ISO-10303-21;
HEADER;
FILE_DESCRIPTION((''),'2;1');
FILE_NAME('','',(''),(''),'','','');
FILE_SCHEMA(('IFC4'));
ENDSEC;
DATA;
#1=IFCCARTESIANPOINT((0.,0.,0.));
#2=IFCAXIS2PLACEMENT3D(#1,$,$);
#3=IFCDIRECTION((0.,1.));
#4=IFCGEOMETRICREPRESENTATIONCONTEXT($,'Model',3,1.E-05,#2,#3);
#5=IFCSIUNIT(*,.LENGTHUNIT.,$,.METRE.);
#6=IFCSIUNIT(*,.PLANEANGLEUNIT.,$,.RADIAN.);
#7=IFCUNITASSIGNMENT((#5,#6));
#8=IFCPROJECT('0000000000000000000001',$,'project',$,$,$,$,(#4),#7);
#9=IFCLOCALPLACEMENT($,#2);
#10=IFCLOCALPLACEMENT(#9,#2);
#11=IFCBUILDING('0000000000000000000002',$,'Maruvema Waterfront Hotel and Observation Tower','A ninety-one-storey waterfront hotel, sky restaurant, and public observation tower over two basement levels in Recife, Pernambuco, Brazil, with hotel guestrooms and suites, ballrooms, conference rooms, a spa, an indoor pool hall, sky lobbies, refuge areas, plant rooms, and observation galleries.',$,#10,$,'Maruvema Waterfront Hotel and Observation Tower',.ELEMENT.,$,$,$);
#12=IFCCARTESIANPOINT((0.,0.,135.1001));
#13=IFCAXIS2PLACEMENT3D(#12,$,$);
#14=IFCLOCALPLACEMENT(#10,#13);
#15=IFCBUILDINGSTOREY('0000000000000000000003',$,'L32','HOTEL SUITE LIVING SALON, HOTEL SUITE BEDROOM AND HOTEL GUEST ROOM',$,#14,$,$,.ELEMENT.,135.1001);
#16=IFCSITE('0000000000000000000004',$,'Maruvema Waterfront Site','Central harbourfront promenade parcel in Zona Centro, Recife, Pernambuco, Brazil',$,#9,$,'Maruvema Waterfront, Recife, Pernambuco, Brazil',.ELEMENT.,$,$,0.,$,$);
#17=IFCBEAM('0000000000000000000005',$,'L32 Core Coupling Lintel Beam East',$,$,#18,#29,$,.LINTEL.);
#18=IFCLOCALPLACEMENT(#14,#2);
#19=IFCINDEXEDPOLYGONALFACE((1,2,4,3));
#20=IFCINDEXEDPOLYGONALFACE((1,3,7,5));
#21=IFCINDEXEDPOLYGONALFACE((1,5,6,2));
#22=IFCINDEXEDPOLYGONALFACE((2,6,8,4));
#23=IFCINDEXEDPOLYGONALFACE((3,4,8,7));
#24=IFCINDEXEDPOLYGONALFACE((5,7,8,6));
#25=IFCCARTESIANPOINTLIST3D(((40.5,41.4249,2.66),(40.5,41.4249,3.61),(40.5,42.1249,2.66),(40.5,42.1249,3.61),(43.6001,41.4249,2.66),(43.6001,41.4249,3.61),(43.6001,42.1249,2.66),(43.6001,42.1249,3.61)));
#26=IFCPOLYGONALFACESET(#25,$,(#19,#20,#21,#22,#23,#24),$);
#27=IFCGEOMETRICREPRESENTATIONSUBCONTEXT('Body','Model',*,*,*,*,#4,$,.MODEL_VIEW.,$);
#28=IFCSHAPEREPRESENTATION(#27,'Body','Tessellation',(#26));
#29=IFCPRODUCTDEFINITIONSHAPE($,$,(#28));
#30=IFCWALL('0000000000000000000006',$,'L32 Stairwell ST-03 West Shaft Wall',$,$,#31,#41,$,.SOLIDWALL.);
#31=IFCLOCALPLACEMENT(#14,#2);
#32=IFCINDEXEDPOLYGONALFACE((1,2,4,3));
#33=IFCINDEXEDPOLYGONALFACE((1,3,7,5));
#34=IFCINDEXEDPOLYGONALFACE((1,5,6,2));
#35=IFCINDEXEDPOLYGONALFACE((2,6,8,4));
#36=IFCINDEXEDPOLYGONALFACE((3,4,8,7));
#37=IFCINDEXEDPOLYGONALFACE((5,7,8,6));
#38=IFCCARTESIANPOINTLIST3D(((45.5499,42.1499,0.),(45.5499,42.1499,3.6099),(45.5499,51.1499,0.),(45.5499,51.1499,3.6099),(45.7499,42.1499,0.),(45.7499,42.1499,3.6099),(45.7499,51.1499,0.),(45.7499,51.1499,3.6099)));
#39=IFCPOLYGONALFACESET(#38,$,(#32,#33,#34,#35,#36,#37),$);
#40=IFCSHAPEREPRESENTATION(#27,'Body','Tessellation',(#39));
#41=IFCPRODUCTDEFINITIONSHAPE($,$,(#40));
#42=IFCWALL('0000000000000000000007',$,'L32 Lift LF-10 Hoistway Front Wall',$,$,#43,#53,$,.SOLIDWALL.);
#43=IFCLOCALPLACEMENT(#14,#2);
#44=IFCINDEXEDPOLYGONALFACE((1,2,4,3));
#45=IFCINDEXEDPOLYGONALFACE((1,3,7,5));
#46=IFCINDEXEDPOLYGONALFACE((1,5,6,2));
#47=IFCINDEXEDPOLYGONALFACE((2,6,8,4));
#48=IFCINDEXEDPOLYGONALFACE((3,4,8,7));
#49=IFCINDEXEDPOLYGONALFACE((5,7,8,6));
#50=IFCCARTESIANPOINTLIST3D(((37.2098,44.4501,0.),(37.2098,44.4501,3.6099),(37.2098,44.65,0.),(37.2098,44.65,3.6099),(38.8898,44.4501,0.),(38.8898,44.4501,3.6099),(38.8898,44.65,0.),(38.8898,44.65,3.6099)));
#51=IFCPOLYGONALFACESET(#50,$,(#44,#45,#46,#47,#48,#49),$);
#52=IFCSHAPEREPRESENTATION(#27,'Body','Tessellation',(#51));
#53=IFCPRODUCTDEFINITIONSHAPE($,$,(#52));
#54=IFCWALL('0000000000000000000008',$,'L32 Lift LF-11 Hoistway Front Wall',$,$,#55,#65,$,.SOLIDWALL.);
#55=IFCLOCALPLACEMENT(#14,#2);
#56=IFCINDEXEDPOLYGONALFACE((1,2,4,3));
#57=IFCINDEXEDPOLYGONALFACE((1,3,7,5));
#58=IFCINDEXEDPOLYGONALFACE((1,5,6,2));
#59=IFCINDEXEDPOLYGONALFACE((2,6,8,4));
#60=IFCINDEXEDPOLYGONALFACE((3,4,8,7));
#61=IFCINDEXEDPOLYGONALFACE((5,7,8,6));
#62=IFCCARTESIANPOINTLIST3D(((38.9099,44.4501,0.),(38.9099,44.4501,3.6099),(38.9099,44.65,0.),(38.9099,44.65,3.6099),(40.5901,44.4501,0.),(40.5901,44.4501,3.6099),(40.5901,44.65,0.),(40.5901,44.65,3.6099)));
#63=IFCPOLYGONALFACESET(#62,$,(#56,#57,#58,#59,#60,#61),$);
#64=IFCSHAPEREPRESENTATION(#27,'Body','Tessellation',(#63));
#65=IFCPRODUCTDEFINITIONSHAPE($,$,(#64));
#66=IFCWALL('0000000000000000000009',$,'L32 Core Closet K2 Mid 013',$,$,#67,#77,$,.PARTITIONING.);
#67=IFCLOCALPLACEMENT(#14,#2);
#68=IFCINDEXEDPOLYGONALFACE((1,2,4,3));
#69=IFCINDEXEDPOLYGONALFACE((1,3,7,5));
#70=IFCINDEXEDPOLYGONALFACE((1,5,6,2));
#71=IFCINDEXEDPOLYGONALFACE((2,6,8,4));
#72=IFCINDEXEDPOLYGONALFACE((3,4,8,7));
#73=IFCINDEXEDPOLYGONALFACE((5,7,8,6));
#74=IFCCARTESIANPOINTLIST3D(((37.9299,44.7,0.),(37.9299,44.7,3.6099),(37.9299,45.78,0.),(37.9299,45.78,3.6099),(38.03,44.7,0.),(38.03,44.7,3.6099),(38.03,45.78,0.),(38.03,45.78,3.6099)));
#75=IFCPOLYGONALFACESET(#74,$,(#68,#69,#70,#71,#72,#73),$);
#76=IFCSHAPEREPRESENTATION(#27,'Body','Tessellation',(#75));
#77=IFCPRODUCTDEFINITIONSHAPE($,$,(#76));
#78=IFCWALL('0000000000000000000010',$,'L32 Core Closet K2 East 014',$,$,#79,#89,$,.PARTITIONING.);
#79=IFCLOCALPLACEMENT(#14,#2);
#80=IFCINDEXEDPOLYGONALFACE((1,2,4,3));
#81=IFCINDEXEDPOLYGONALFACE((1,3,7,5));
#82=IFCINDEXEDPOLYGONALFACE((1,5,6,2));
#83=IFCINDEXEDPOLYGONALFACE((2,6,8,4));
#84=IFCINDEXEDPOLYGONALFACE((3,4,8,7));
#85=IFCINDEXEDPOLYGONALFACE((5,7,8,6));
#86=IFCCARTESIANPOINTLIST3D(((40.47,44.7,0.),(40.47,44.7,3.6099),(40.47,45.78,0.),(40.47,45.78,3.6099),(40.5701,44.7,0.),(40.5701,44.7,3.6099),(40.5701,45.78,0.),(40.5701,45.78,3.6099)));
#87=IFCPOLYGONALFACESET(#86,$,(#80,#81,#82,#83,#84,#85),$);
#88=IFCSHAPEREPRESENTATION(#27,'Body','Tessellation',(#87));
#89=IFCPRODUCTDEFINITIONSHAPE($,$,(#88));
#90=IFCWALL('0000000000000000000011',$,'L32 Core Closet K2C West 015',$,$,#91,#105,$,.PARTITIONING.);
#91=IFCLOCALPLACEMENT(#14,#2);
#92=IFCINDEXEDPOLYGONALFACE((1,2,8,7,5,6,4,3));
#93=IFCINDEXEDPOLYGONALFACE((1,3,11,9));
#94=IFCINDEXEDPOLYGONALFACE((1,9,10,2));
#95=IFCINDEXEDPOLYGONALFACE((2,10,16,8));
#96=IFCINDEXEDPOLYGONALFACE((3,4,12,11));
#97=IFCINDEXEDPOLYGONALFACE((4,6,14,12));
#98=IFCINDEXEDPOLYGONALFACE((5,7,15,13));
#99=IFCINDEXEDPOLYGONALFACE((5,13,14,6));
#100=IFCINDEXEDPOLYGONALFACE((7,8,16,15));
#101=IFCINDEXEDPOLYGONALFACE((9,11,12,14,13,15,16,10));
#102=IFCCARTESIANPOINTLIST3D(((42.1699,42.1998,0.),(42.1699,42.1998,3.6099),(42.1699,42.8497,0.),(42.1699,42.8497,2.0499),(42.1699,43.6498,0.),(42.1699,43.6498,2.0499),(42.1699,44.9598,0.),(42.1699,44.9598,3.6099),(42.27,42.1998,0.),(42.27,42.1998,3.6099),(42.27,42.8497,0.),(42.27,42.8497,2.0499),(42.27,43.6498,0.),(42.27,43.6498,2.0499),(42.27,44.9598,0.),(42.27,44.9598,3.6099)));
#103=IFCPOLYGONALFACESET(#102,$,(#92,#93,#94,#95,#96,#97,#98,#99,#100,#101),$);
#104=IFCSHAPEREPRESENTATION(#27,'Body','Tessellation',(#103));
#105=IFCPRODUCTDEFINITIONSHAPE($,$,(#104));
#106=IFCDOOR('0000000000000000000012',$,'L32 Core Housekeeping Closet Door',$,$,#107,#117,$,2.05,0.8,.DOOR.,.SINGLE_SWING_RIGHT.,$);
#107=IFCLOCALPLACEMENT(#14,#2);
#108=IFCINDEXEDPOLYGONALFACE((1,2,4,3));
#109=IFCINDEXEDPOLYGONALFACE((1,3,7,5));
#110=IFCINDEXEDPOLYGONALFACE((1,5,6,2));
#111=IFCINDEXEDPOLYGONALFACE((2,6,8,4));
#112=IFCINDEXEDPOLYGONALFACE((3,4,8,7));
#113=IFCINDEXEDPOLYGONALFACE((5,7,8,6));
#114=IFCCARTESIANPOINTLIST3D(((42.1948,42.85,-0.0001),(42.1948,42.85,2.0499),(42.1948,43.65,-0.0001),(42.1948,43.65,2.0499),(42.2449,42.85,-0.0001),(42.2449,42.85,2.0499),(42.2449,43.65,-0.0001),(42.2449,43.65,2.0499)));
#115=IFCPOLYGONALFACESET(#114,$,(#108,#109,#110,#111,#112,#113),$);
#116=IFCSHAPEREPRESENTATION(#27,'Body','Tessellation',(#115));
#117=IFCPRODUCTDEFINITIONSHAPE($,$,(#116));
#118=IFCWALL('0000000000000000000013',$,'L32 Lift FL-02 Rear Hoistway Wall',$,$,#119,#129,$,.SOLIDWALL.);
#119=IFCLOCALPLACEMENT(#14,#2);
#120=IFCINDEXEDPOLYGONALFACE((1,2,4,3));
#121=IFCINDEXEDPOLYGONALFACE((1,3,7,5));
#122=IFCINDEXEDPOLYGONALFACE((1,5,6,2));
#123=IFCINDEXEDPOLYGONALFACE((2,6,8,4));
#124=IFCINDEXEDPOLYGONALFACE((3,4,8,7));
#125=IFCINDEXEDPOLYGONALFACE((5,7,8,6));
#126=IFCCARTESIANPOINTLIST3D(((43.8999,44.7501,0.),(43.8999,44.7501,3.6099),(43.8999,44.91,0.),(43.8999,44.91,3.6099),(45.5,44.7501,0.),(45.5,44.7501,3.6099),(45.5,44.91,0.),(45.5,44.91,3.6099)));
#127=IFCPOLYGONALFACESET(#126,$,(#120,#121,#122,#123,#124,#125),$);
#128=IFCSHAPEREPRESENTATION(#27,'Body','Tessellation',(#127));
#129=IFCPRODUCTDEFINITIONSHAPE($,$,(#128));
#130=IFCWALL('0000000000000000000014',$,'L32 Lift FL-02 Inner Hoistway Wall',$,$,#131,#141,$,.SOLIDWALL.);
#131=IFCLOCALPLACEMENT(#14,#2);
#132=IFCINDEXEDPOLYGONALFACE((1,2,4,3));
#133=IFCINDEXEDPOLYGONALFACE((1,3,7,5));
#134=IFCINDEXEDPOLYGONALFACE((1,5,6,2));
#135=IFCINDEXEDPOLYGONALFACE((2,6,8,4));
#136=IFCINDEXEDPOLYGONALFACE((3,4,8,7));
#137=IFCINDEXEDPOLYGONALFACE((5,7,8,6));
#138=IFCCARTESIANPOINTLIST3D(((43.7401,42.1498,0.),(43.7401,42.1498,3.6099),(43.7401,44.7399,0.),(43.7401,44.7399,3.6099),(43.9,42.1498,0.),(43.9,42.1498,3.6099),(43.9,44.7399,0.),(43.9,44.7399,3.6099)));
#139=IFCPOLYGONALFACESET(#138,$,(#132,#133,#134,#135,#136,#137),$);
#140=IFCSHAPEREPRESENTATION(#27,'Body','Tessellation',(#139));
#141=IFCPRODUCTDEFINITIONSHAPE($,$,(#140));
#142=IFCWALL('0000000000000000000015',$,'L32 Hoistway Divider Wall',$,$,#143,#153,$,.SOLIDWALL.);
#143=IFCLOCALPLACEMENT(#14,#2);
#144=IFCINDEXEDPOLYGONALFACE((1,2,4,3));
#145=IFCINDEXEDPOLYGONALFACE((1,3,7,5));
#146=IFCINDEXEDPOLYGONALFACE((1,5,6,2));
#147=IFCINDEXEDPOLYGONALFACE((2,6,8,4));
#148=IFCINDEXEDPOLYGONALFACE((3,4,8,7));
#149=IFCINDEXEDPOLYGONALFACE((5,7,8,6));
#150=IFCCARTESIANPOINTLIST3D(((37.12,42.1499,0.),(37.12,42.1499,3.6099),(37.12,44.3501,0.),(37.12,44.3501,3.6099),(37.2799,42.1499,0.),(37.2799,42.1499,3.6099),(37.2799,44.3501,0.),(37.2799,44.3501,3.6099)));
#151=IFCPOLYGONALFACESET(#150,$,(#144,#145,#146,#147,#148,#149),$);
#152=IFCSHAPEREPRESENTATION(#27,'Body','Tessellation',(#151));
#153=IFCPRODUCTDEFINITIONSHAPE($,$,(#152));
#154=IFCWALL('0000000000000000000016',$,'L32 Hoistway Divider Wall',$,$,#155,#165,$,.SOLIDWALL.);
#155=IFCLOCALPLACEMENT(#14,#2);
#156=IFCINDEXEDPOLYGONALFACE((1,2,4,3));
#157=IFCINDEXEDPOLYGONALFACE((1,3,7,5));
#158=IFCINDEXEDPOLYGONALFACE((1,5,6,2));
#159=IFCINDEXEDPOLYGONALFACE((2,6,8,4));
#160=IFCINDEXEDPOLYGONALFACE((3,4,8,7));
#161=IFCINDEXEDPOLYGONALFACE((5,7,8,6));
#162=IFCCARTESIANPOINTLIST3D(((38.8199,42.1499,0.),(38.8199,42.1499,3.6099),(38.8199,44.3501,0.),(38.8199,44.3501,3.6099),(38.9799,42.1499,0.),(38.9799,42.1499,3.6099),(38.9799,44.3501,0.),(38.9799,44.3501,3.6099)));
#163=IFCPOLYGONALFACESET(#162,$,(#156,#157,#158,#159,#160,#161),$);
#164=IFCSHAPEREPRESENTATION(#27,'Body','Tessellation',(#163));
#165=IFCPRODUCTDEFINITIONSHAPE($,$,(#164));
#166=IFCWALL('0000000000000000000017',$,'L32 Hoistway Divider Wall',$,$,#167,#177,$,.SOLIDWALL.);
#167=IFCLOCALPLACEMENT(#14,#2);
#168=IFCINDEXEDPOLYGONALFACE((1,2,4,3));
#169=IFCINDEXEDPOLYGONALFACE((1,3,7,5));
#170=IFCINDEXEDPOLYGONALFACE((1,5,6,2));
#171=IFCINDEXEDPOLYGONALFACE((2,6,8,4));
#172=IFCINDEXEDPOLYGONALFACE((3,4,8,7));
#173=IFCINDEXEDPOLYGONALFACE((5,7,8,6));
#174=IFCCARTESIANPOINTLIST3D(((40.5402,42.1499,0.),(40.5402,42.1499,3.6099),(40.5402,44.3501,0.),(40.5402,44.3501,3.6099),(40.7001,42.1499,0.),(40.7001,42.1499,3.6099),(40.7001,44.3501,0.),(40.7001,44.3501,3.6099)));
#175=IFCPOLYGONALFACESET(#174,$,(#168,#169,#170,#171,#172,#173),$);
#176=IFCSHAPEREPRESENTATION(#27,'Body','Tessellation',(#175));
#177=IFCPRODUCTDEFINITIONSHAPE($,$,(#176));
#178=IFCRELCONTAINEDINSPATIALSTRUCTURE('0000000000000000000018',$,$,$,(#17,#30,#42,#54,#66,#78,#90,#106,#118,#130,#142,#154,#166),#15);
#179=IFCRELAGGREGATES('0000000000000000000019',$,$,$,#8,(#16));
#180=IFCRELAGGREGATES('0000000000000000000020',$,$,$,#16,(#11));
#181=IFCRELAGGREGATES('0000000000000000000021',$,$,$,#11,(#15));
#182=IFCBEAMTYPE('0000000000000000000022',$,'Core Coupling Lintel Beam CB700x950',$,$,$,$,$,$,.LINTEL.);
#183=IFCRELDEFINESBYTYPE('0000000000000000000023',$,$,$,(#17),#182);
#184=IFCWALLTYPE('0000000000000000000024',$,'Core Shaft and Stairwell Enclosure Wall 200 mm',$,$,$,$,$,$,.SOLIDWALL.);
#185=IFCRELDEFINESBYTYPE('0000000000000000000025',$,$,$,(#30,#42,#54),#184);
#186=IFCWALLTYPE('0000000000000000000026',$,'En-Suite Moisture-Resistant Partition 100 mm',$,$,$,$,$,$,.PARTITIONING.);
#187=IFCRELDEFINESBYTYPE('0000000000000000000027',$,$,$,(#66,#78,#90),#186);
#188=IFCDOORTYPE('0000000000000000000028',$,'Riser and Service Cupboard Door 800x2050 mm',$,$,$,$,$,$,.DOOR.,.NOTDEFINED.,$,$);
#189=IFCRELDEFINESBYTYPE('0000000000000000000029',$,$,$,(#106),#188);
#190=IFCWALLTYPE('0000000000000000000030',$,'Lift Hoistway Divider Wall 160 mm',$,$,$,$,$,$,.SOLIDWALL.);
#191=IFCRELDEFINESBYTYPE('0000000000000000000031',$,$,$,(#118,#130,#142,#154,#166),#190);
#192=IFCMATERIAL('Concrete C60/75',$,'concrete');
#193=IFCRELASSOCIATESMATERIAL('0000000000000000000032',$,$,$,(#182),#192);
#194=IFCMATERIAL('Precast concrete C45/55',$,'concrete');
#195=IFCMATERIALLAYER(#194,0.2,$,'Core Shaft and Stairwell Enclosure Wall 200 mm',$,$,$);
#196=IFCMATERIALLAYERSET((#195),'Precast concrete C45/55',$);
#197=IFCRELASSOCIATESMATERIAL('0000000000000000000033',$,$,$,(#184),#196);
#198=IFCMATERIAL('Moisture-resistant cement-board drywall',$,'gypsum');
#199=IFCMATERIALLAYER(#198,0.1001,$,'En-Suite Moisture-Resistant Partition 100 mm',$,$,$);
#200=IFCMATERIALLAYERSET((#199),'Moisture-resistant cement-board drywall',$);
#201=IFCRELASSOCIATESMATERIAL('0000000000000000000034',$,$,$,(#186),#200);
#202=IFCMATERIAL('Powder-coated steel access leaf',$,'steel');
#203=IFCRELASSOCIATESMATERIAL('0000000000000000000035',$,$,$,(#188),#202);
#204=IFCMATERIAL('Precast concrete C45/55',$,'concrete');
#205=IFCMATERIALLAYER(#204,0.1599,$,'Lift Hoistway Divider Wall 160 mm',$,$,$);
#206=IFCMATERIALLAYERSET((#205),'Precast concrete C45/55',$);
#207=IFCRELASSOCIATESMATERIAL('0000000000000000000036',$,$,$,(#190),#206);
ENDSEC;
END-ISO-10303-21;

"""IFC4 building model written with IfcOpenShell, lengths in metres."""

from ifc_helpers import new_model, si_unit, direction, frame, frame_2d, origin, origin_2d, place, context, subcontext, project, spatial, rectangle, extrude, material, layer, layer_set, material_profile, profile_set, type_object, element, fill, save


model = new_model("IFC4")

# Units and contexts
model_context = context("Model", 3, precision=1e-05, world=origin(), true_north=direction((0.0, 1.0)))
body_context = subcontext(model_context, "Body", "Model", "MODEL_VIEW")
ifc_project = project(units=[si_unit("LENGTHUNIT", "METRE"), si_unit("PLANEANGLEUNIT", "RADIAN")], contexts=[model_context])

# Site, building, storey
site_placement = place(None, origin())
site = spatial("IfcSite", under=ifc_project, at=site_placement, Name="Maruvema Waterfront Site", Description="Central harbourfront promenade parcel in Zona Centro, Recife, Pernambuco, Brazil", LongName="Maruvema Waterfront, Recife, Pernambuco, Brazil", CompositionType="ELEMENT", RefElevation=0.0)
building_placement = place(site_placement, origin())
building = spatial("IfcBuilding", under=site, at=building_placement, Name="Maruvema Waterfront Hotel and Observation Tower", Description="A ninety-one-storey waterfront hotel, sky restaurant, and public observation tower over two basement levels in Recife, Pernambuco, Brazil, with hotel guestrooms and suites, ballrooms, conference rooms, a spa, an indoor pool hall, sky lobbies, refuge areas, plant rooms, and observation galleries.", LongName="Maruvema Waterfront Hotel and Observation Tower", CompositionType="ELEMENT")
storey_placement = place(building_placement, frame((0.0, 0.0, 135.1001)))
storey = spatial("IfcBuildingStorey", under=building, at=storey_placement, Name="L32", Description="HOTEL SUITE LIVING SALON, HOTEL SUITE BEDROOM AND HOTEL GUEST ROOM", CompositionType="ELEMENT", Elevation=135.1001)

# Beam
ifc_material_1 = material(Name="Concrete C60/75", Category="concrete")
ifc_material_profile = material_profile(ifc_material_1, rectangle(XDim=0.7, YDim=0.95, at=origin_2d()), Name="CB700x950")
ifc_profile_set = profile_set([ifc_material_profile], Name="Concrete C60/75")
beam_type = type_object("IfcBeamType", Name="Core Coupling Lintel Beam CB700x950", PredefinedType="LINTEL", material=ifc_profile_set)
beam_placement = place(storey_placement, frame((40.5, 41.7749, 3.135), z_axis=(1.0, 0.0, 0.0), x_axis=(0.0, 1.0, 0.0)))
element("IfcBeam", 1, at=beam_placement, inside=storey, type_object=beam_type, Name="L32 Core Coupling Lintel Beam East", PredefinedType="LINTEL", context=body_context, shape_type="SweptSolid", body=[
    extrude(rectangle(XDim=0.7, YDim=0.95, at=origin_2d()), origin(), (0.0, 0.0, 1.0), 3.1001),
])

# Walls
ifc_material_2 = material(Name="Precast concrete C45/55", Category="concrete")
ifc_layer_1 = layer(ifc_material_2, 0.2, Name="Core Shaft and Stairwell Enclosure Wall 200 mm")
ifc_layer_set_1 = layer_set([ifc_layer_1], Name="Precast concrete C45/55")
wall_type_1 = type_object("IfcWallType", Name="Core Shaft and Stairwell Enclosure Wall 200 mm", PredefinedType="SOLIDWALL", material=ifc_layer_set_1)
wall_1_placement = place(storey_placement, frame((45.6499, 42.1499, 0.0), z_axis=(0.0, 0.0, 1.0), x_axis=(0.0, 1.0, 0.0)))
element("IfcWall", 2, at=wall_1_placement, inside=storey, type_object=wall_type_1, Name="L32 Stairwell ST-03 West Shaft Wall", PredefinedType="SOLIDWALL", context=body_context, shape_type="SweptSolid", body=[
    extrude(rectangle(XDim=9.0, YDim=0.2, at=frame_2d((4.5, 0.0))), origin(), (0.0, 0.0, 1.0), 3.6099),
])
wall_2_placement = place(storey_placement, frame((37.21, 44.55, 0.0), z_axis=(0.0, 0.0, 1.0), x_axis=(1.0, 0.0, 0.0)))
element("IfcWall", 3, at=wall_2_placement, inside=storey, type_object=wall_type_1, Name="L32 Lift LF-10 Hoistway Front Wall", PredefinedType="SOLIDWALL", context=body_context, shape_type="SweptSolid", body=[
    extrude(rectangle(XDim=1.6799, YDim=0.2, at=frame_2d((0.8398, 0.0))), origin(), (0.0, 0.0, 1.0), 3.6099),
])
wall_3_placement = place(storey_placement, frame((38.9099, 44.55, 0.0), z_axis=(0.0, 0.0, 1.0), x_axis=(1.0, 0.0, 0.0)))
element("IfcWall", 4, at=wall_3_placement, inside=storey, type_object=wall_type_1, Name="L32 Lift LF-11 Hoistway Front Wall", PredefinedType="SOLIDWALL", context=body_context, shape_type="SweptSolid", body=[
    extrude(rectangle(XDim=1.6802, YDim=0.2, at=frame_2d((0.8401, 0.0))), origin(), (0.0, 0.0, 1.0), 3.6099),
])

# Walls
ifc_material_3 = material(Name="Moisture-resistant cement-board drywall", Category="gypsum")
ifc_layer_2 = layer(ifc_material_3, 0.1001, Name="En-Suite Moisture-Resistant Partition 100 mm")
ifc_layer_set_2 = layer_set([ifc_layer_2], Name="Moisture-resistant cement-board drywall")
wall_type_2 = type_object("IfcWallType", Name="En-Suite Moisture-Resistant Partition 100 mm", PredefinedType="PARTITIONING", material=ifc_layer_set_2)
for number, where, z_axis, x_axis, name in (
    (5, (37.98, 44.7, 0.0), (0.0, 0.0, 1.0), (0.0, 1.0, 0.0), "L32 Core Closet K2 Mid 013"),
    (6, (40.52, 44.7, 0.0), (0.0, 0.0, 1.0), (0.0, 1.0, 0.0), "L32 Core Closet K2 East 014"),
):
    element("IfcWall", number, at=place(storey_placement, frame(where, z_axis=z_axis, x_axis=x_axis)), inside=storey, type_object=wall_type_2, Name=name, PredefinedType="PARTITIONING", context=body_context, shape_type="SweptSolid", body=[
        extrude(rectangle(XDim=1.0801, YDim=0.1001, at=frame_2d((0.54, 0.0))), origin(), (0.0, 0.0, 1.0), 3.6099),
    ])

# Wall, opening, door
wall_4_placement = place(storey_placement, frame((42.22, 42.2, 0.0), z_axis=(0.0, 0.0, 1.0), x_axis=(0.0, 1.0, 0.0)))
wall_4 = element("IfcWall", 7, at=wall_4_placement, inside=storey, type_object=wall_type_2, Name="L32 Core Closet K2C West 015", PredefinedType="PARTITIONING", context=body_context, shape_type="SweptSolid", body=[
    extrude(rectangle(XDim=2.76, YDim=0.1001, at=frame_2d((1.3799, 0.0))), origin(), (0.0, 0.0, 1.0), 3.6099),
])
opening_1_placement = place(wall_4_placement, frame((0.6499, 0.0, 0.0)))
opening_1 = element("IfcOpeningElement", 8, at=opening_1_placement, cuts=wall_4, PredefinedType="OPENING", context=body_context, shape_type="SweptSolid", body=[
    extrude(rectangle(XDim=0.8, YDim=2.05, at=frame_2d((0.3999, 1.0249))), frame((0.0, 0.0601, 0.0), z_axis=(0.0, -1.0, 0.0), x_axis=(1.0, 0.0, 0.0)), (0.0, 0.0, 1.0), 0.1201),
])
ifc_material_4 = material(Name="Powder-coated steel access leaf", Category="steel")
door_type_1 = type_object("IfcDoorType", Name="Riser and Service Cupboard Door 800x2050 mm", OperationType="NOTDEFINED", PredefinedType="DOOR", material=ifc_material_4)
door_1_placement = place(opening_1_placement, frame((0.8, 0.0, 0.0), z_axis=(0.0, 0.0, 1.0), x_axis=(-1.0, 0.0, 0.0)))
door_1 = element("IfcDoor", 9, at=door_1_placement, inside=storey, type_object=door_type_1, Name="L32 Core Housekeeping Closet Door", OperationType="SINGLE_SWING_RIGHT", OverallHeight=2.05, OverallWidth=0.8, PredefinedType="DOOR", context=body_context, shape_type="SweptSolid", body=[
    extrude(rectangle(XDim=0.8, YDim=2.05, at=frame_2d((0.3999, 1.0249))), frame((0.0, 0.0249, 0.0), z_axis=(0.0, -1.0, 0.0), x_axis=(1.0, 0.0, 0.0)), (0.0, 0.0, 1.0), 0.05),
])
fill(opening_1, door_1)

# Walls
ifc_material_5 = material(Name="Precast concrete C45/55", Category="concrete")
ifc_layer_3 = layer(ifc_material_5, 0.1599, Name="Lift Hoistway Divider Wall 160 mm")
ifc_layer_set_3 = layer_set([ifc_layer_3], Name="Precast concrete C45/55")
wall_type_3 = type_object("IfcWallType", Name="Lift Hoistway Divider Wall 160 mm", PredefinedType="SOLIDWALL", material=ifc_layer_set_3)
wall_5_placement = place(storey_placement, frame((43.8999, 44.8301, 0.0), z_axis=(0.0, 0.0, 1.0), x_axis=(1.0, 0.0, 0.0)))
element("IfcWall", 10, at=wall_5_placement, inside=storey, type_object=wall_type_3, Name="L32 Lift FL-02 Rear Hoistway Wall", PredefinedType="SOLIDWALL", context=body_context, shape_type="SweptSolid", body=[
    extrude(rectangle(XDim=1.6001, YDim=0.1599, at=frame_2d((0.8, 0.0))), origin(), (0.0, 0.0, 1.0), 3.6099),
])
wall_6_placement = place(storey_placement, frame((43.8201, 42.1499, 0.0), z_axis=(0.0, 0.0, 1.0), x_axis=(0.0, 1.0, 0.0)))
element("IfcWall", 11, at=wall_6_placement, inside=storey, type_object=wall_type_3, Name="L32 Lift FL-02 Inner Hoistway Wall", PredefinedType="SOLIDWALL", context=body_context, shape_type="SweptSolid", body=[
    extrude(rectangle(XDim=2.5901, YDim=0.1599, at=frame_2d((1.2949, 0.0))), origin(), (0.0, 0.0, 1.0), 3.6099),
])
for number, where, z_axis, x_axis, name in (
    (12, (37.2, 42.1499, 0.0), (0.0, 0.0, 1.0), (0.0, 1.0, 0.0), "L32 Hoistway Divider Wall"),
    (13, (38.8999, 42.1499, 0.0), (0.0, 0.0, 1.0), (0.0, 1.0, 0.0), "L32 Hoistway Divider Wall"),
    (14, (40.6201, 42.1499, 0.0), (0.0, 0.0, 1.0), (0.0, 1.0, 0.0), "L32 Hoistway Divider Wall"),
):
    element("IfcWall", number, at=place(storey_placement, frame(where, z_axis=z_axis, x_axis=x_axis)), inside=storey, type_object=wall_type_3, Name=name, PredefinedType="SOLIDWALL", context=body_context, shape_type="SweptSolid", body=[
        extrude(rectangle(XDim=2.2002, YDim=0.1599, at=frame_2d((1.1001, 0.0))), origin(), (0.0, 0.0, 1.0), 3.6099),
    ])

save(model, "model.ifc")
